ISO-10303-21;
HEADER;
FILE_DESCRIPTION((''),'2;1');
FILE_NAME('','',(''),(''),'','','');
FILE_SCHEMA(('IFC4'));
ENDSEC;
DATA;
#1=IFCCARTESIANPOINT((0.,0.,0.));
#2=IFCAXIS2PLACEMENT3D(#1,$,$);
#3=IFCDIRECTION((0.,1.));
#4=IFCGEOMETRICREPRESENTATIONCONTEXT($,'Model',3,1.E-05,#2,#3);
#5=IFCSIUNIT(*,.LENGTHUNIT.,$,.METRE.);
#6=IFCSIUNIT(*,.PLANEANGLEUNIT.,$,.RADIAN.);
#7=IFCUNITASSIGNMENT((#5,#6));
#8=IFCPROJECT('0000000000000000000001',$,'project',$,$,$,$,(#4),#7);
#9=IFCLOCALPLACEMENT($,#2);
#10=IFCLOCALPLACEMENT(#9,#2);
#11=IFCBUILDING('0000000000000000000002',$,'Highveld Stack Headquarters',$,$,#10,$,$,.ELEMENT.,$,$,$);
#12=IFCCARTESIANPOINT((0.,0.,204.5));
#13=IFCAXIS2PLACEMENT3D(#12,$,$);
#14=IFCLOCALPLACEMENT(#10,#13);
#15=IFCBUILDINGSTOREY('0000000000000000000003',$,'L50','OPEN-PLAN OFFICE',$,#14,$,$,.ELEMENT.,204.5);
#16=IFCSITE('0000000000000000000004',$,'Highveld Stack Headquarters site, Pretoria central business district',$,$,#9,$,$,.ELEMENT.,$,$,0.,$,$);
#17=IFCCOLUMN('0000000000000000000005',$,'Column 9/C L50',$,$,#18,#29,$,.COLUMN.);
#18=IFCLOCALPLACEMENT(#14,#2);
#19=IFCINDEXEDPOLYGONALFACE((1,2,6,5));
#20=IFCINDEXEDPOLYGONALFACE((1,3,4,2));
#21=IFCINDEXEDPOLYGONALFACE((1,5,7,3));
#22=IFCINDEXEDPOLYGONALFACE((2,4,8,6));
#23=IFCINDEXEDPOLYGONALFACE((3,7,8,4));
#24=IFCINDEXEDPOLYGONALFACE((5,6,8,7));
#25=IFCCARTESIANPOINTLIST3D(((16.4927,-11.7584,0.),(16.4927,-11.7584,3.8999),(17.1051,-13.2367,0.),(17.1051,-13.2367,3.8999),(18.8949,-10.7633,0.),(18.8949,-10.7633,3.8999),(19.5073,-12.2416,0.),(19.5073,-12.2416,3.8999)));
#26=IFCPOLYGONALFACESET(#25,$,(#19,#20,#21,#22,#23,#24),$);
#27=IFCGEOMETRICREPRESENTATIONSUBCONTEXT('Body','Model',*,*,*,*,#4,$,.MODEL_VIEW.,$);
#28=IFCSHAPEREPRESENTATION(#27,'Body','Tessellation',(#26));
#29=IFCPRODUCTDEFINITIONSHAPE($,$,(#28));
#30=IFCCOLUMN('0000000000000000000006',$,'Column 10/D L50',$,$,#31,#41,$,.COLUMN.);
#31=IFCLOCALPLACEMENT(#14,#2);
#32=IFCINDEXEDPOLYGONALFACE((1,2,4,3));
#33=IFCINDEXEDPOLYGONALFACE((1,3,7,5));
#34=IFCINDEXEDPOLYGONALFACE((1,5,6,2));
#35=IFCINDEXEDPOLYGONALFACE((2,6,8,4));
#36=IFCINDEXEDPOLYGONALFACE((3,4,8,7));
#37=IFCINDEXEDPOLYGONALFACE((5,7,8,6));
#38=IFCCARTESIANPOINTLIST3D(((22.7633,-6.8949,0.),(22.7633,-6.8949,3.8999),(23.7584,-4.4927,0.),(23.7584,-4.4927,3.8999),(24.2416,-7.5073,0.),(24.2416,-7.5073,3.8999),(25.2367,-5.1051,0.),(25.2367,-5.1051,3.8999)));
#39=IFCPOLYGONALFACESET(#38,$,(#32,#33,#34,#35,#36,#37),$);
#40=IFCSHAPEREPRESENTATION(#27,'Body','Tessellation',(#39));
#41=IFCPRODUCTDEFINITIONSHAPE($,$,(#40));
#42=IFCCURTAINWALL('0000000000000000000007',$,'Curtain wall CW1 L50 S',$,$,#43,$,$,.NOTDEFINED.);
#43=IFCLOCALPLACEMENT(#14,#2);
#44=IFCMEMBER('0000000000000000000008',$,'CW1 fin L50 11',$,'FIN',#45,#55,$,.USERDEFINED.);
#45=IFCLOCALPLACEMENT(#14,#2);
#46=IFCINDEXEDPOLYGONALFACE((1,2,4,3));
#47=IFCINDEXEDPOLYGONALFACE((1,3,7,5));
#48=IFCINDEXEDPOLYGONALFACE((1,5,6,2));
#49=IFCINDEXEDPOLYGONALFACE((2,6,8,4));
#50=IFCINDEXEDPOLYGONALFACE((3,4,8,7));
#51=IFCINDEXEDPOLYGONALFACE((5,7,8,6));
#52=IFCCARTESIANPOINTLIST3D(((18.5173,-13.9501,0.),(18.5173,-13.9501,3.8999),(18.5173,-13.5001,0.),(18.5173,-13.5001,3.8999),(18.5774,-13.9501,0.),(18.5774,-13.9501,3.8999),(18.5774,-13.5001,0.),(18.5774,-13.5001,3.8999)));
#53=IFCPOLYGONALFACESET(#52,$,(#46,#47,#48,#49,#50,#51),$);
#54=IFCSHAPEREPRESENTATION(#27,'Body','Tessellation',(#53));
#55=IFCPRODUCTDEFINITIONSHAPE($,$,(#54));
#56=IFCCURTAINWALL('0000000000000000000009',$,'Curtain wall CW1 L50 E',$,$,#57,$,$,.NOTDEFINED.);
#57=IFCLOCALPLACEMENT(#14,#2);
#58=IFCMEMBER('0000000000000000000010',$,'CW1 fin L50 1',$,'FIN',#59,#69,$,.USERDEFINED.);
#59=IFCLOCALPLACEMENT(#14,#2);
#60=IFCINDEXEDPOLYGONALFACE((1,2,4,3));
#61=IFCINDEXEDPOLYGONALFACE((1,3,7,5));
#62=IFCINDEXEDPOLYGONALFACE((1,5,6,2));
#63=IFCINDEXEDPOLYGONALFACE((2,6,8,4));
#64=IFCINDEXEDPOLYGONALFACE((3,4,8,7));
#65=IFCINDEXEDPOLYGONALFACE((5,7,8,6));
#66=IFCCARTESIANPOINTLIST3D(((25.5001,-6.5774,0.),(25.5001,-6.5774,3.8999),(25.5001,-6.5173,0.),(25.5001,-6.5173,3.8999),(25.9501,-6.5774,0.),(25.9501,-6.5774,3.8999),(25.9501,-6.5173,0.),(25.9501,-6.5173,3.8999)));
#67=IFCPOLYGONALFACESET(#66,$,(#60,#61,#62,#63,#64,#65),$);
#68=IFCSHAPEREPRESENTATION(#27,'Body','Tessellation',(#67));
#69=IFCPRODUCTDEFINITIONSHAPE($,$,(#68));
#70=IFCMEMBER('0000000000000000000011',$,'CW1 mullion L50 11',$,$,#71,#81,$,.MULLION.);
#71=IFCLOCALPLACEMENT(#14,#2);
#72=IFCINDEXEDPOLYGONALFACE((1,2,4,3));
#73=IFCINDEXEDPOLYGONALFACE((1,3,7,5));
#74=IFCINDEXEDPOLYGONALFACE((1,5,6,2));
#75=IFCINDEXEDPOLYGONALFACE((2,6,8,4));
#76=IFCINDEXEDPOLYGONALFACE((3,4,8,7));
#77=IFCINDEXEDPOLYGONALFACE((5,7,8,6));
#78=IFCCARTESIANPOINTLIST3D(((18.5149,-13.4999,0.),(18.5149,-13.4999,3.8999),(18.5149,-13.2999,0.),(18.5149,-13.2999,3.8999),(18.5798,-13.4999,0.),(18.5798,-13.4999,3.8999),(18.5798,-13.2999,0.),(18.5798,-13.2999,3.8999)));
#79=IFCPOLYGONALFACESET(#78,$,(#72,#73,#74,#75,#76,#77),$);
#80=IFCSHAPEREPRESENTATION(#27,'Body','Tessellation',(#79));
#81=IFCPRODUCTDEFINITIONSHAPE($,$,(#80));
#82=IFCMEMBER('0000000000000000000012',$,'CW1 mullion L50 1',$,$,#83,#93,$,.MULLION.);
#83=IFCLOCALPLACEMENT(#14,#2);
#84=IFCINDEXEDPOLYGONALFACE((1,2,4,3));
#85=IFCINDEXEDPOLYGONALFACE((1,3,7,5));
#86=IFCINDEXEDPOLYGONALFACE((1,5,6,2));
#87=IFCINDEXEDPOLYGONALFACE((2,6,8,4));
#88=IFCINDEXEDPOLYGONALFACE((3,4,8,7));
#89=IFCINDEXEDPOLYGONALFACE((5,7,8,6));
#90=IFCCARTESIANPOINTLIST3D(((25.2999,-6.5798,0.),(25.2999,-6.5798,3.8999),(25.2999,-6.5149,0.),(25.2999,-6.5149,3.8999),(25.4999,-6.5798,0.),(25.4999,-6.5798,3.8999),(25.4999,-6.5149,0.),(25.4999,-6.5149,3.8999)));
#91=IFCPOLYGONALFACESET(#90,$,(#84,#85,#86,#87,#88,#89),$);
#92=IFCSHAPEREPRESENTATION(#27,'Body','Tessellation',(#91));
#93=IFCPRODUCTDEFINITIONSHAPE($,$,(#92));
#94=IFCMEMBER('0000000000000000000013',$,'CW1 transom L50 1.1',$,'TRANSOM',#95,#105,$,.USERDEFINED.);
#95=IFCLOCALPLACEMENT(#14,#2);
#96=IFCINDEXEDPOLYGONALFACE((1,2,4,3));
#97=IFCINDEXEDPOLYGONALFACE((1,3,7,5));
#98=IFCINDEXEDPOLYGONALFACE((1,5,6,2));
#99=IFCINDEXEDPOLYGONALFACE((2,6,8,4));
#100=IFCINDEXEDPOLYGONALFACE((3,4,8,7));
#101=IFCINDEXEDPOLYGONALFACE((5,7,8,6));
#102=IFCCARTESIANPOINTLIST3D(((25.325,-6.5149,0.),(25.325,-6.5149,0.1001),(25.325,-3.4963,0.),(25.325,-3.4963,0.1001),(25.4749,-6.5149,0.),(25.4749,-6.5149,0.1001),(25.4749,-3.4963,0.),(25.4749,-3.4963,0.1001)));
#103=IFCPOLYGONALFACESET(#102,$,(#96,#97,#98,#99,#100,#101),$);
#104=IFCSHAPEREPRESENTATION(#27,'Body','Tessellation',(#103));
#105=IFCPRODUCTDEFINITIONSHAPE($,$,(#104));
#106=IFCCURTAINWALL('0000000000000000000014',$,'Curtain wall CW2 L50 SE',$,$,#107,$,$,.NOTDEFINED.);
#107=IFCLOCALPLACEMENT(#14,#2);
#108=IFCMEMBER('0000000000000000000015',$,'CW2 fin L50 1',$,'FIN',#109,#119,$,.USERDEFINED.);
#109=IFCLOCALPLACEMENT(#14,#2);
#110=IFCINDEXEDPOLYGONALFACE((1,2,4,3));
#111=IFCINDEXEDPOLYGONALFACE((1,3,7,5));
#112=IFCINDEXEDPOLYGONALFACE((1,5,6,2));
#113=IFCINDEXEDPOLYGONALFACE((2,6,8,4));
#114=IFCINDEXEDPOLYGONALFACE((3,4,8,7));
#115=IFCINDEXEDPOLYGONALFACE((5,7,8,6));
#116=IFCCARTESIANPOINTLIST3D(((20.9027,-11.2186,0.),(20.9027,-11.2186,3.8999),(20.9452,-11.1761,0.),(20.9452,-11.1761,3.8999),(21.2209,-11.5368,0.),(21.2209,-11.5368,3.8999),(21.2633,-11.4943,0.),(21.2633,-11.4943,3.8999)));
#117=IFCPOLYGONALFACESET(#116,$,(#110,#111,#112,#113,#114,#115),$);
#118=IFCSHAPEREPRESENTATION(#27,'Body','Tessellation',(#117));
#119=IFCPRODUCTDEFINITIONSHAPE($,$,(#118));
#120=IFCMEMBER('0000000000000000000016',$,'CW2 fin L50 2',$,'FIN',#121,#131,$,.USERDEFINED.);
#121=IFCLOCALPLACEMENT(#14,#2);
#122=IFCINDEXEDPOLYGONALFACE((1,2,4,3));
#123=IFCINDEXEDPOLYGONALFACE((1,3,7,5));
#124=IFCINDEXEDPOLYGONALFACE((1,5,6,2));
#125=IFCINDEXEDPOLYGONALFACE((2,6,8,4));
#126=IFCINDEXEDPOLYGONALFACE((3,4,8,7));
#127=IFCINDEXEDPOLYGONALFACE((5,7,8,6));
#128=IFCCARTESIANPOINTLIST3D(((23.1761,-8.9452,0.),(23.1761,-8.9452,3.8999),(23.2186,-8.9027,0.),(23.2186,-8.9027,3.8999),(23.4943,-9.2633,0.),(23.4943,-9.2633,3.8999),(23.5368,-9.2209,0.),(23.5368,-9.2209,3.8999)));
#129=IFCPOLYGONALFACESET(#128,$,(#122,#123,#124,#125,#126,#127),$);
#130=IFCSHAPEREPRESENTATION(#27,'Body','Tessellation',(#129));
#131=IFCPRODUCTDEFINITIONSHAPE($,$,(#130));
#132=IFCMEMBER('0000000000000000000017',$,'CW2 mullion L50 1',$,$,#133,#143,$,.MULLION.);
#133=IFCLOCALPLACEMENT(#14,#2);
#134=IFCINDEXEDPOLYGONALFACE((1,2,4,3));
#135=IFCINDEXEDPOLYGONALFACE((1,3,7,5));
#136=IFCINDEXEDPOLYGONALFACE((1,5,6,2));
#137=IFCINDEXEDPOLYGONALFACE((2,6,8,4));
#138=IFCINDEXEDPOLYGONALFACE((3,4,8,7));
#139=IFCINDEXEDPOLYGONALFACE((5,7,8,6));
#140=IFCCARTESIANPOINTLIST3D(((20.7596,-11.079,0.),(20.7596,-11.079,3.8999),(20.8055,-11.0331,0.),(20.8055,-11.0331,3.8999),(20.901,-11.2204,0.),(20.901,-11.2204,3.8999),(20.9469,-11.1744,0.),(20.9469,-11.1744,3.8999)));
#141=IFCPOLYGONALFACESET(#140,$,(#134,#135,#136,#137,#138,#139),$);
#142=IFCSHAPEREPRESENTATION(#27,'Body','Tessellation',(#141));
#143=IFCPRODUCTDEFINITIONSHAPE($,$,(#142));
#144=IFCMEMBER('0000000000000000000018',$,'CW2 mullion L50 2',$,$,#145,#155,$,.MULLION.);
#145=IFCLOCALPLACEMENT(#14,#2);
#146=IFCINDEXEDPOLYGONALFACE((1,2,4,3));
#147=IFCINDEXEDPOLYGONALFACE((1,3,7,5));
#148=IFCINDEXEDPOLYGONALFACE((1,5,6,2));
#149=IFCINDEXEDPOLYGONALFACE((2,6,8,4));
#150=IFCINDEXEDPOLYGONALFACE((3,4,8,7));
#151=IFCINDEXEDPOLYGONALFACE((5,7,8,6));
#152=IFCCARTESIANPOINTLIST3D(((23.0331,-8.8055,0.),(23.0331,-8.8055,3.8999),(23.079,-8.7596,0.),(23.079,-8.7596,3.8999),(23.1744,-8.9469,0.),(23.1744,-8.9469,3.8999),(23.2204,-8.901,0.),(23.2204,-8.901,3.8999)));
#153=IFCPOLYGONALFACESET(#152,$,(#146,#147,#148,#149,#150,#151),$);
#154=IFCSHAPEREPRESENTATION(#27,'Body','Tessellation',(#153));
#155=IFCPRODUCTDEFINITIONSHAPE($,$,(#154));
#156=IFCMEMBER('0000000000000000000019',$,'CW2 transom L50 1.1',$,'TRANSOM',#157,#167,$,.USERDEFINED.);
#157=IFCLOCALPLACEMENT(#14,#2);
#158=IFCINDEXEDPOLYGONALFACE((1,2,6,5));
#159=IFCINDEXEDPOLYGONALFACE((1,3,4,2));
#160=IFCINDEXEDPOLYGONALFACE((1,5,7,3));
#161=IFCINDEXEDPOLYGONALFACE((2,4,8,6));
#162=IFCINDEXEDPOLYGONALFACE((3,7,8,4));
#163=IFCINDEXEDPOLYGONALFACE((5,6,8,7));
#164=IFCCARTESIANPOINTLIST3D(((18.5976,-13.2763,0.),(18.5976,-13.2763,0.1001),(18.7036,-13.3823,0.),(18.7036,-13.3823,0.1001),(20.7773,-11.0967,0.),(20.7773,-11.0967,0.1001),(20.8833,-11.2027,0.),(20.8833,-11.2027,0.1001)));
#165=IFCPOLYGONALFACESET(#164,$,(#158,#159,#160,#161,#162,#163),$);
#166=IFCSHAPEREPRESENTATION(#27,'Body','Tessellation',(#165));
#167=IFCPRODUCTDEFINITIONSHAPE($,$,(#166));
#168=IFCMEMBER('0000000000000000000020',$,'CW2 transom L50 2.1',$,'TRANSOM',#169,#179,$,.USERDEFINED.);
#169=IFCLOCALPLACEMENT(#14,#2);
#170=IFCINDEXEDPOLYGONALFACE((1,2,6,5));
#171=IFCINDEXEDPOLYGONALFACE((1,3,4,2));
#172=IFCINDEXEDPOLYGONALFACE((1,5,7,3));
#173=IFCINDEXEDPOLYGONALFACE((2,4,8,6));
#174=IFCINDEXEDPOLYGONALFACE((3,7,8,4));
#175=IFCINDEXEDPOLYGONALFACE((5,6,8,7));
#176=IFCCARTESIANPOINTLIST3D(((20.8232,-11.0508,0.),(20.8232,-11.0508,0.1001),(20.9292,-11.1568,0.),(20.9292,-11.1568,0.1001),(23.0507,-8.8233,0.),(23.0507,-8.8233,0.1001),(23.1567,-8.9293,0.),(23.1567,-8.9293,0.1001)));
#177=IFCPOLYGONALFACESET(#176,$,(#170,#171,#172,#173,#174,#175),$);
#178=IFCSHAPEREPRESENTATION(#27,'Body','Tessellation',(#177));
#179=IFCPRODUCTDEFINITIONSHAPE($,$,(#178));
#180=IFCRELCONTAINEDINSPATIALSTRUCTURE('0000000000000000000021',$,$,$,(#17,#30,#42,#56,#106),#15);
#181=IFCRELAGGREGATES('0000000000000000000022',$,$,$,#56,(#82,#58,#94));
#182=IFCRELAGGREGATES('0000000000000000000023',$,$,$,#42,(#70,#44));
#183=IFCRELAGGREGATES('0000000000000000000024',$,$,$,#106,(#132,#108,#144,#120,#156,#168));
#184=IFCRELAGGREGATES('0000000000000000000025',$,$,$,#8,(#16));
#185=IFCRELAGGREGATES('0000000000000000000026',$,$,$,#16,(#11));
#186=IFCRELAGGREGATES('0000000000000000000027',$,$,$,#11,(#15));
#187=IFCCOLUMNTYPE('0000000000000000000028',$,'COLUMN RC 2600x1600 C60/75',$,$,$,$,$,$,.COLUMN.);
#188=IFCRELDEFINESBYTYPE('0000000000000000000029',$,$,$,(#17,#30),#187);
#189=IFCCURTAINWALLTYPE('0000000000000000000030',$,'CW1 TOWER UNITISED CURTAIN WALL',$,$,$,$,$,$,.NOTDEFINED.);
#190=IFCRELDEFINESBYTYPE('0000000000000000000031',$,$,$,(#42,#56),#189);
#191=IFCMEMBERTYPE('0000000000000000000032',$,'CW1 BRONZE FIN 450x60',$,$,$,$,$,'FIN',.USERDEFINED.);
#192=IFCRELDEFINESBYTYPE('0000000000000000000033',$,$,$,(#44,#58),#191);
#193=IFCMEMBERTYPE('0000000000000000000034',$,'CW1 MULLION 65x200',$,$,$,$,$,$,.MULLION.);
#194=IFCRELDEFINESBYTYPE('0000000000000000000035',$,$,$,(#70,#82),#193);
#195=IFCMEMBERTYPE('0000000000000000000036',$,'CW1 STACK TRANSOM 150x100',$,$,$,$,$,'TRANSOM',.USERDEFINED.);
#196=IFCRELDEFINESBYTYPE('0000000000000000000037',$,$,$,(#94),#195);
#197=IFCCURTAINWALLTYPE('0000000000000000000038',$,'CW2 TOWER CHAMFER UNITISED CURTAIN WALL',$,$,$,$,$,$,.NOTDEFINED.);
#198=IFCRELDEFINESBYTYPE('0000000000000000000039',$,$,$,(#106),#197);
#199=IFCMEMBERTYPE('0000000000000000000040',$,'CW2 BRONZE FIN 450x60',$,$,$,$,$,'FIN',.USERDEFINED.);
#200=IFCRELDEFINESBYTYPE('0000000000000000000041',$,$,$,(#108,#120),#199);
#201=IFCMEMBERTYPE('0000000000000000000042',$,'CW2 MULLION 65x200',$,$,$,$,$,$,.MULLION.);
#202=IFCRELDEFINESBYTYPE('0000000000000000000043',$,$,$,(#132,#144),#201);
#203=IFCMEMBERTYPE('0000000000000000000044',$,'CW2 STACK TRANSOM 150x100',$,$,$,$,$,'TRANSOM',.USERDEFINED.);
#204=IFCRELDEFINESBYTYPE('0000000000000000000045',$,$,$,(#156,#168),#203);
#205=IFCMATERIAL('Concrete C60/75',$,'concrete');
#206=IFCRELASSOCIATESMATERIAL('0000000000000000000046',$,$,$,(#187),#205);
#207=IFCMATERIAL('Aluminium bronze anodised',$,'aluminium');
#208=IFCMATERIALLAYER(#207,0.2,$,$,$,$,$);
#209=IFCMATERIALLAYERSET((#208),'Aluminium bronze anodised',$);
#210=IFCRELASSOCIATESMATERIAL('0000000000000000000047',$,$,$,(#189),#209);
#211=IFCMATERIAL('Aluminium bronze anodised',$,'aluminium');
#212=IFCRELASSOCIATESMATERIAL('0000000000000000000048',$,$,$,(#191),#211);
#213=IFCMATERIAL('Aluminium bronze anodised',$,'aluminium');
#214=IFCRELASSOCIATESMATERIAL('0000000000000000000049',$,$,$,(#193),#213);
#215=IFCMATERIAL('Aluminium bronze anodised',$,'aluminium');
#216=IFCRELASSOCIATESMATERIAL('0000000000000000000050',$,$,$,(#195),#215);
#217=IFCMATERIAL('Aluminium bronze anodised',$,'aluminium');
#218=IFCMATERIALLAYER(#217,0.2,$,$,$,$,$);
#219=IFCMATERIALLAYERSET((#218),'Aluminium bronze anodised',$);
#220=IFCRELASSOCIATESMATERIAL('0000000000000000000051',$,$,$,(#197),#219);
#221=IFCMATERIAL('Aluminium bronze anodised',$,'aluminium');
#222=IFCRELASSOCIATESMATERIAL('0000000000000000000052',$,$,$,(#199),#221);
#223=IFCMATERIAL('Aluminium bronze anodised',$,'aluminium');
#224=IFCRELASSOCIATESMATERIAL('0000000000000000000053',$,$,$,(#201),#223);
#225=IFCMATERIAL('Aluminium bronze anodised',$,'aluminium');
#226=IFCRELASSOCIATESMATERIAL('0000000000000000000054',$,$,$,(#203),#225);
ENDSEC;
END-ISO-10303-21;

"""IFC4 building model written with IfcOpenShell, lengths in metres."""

from ifc_helpers import new_model, si_unit, direction, frame, origin, origin_2d, place, context, subcontext, project, spatial, rectangle, extrude, material, layer, layer_set, material_profile, profile_set, type_object, element, aggregate, save


model = new_model("IFC4")

# Units and contexts
model_context = context("Model", 3, precision=1e-05, world=origin(), true_north=direction((0.0, 1.0)))
body_context = subcontext(model_context, "Body", "Model", "MODEL_VIEW")
ifc_project = project(units=[si_unit("LENGTHUNIT", "METRE"), si_unit("PLANEANGLEUNIT", "RADIAN")], contexts=[model_context])

# Site, building, storey
site_placement = place(None, origin())
site = spatial("IfcSite", under=ifc_project, at=site_placement, Name="Highveld Stack Headquarters site, Pretoria central business district", CompositionType="ELEMENT", RefElevation=0.0)
building_placement = place(site_placement, origin())
building = spatial("IfcBuilding", under=site, at=building_placement, Name="Highveld Stack Headquarters", CompositionType="ELEMENT")
storey_placement = place(building_placement, frame((0.0, 0.0, 204.5)))
storey = spatial("IfcBuildingStorey", under=building, at=storey_placement, Name="L50", Description="OPEN-PLAN OFFICE", CompositionType="ELEMENT", Elevation=204.5)

# Columns
ifc_material_1 = material(Name="Concrete C60/75", Category="concrete")
ifc_material_profile_1 = material_profile(ifc_material_1, rectangle(XDim=2.6001, YDim=1.6001, at=origin_2d()), Name="RC 2600x1600")
ifc_profile_set_1 = profile_set([ifc_material_profile_1], Name="Concrete C60/75")
column_type = type_object("IfcColumnType", Name="COLUMN RC 2600x1600 C60/75", PredefinedType="COLUMN", material=ifc_profile_set_1)
for number, where, z_axis, x_axis, name in (
    (1, (18.0, -12.0, 0.0), (0.0, 0.0, 1.0), (-0.92388, -0.382683, 0.0), "Column 9/C L50"),
    (2, (24.0, -6.0, 0.0), (0.0, 0.0, 1.0), (-0.382683, -0.92388, 0.0), "Column 10/D L50"),
):
    element("IfcColumn", number, at=place(storey_placement, frame(where, z_axis=z_axis, x_axis=x_axis)), inside=storey, type_object=column_type, Name=name, PredefinedType="COLUMN", context=body_context, shape_type="SweptSolid", body=[
        extrude(rectangle(XDim=2.6001, YDim=1.6001, at=origin_2d()), origin(), (0.0, 0.0, 1.0), 3.8999),
    ])

# Curtain walls, members
ifc_material_2 = material(Name="Aluminium bronze anodised", Category="aluminium")
ifc_layer_1 = layer(ifc_material_2, 0.2)
ifc_layer_set_1 = layer_set([ifc_layer_1], Name="Aluminium bronze anodised")
curtain_wall_type_1 = type_object("IfcCurtainWallType", Name="CW1 TOWER UNITISED CURTAIN WALL", PredefinedType="NOTDEFINED", material=ifc_layer_set_1)
curtain_wall_1_placement = place(storey_placement, origin())
curtain_wall_1 = element("IfcCurtainWall", 3, at=curtain_wall_1_placement, inside=storey, type_object=curtain_wall_type_1, Name="Curtain wall CW1 L50 S", PredefinedType="NOTDEFINED")
ifc_material_3 = material(Name="Aluminium bronze anodised", Category="aluminium")
ifc_material_profile_2 = material_profile(ifc_material_3, rectangle(XDim=0.45, YDim=0.0601, at=origin_2d()), Name="FIN 450x60")
ifc_profile_set_2 = profile_set([ifc_material_profile_2], Name="Aluminium bronze anodised")
member_type_1 = type_object("IfcMemberType", Name="CW1 BRONZE FIN 450x60", ElementType="FIN", PredefinedType="USERDEFINED", material=ifc_profile_set_2)
member_1_placement = place(storey_placement, frame((18.5474, -13.7251, 0.0), z_axis=(0.0, 0.0, 1.0), x_axis=(0.0, 1.0, 0.0)))
member_1 = element("IfcMember", 4, at=member_1_placement, type_object=member_type_1, Name="CW1 fin L50 11", ObjectType="FIN", PredefinedType="USERDEFINED", context=body_context, shape_type="SweptSolid", body=[
    extrude(rectangle(XDim=0.45, YDim=0.0601, at=origin_2d()), origin(), (0.0, 0.0, 1.0), 3.8999),
])
curtain_wall_2_placement = place(storey_placement, origin())
curtain_wall_2 = element("IfcCurtainWall", 5, at=curtain_wall_2_placement, inside=storey, type_object=curtain_wall_type_1, Name="Curtain wall CW1 L50 E", PredefinedType="NOTDEFINED")
member_2_placement = place(storey_placement, frame((25.7251, -6.5474, 0.0), z_axis=(0.0, 0.0, 1.0), x_axis=(-1.0, 0.0, 0.0)))
member_2 = element("IfcMember", 6, at=member_2_placement, type_object=member_type_1, Name="CW1 fin L50 1", ObjectType="FIN", PredefinedType="USERDEFINED", context=body_context, shape_type="SweptSolid", body=[
    extrude(rectangle(XDim=0.45, YDim=0.0601, at=origin_2d()), origin(), (0.0, 0.0, 1.0), 3.8999),
])

# Members
ifc_material_4 = material(Name="Aluminium bronze anodised", Category="aluminium")
ifc_material_profile_3 = material_profile(ifc_material_4, rectangle(XDim=0.2, YDim=0.0649, at=origin_2d()), Name="CW1 MULLION 65x200")
ifc_profile_set_3 = profile_set([ifc_material_profile_3], Name="Aluminium bronze anodised")
member_type_2 = type_object("IfcMemberType", Name="CW1 MULLION 65x200", PredefinedType="MULLION", material=ifc_profile_set_3)
member_3_placement = place(storey_placement, frame((18.5474, -13.3999, 0.0), z_axis=(0.0, 0.0, 1.0), x_axis=(0.0, 1.0, 0.0)))
member_3 = element("IfcMember", 7, at=member_3_placement, type_object=member_type_2, Name="CW1 mullion L50 11", PredefinedType="MULLION", context=body_context, shape_type="SweptSolid", body=[
    extrude(rectangle(XDim=0.2, YDim=0.0649, at=origin_2d()), origin(), (0.0, 0.0, 1.0), 3.8999),
])
member_4_placement = place(storey_placement, frame((25.3999, -6.5474, 0.0), z_axis=(0.0, 0.0, 1.0), x_axis=(-1.0, 0.0, 0.0)))
member_4 = element("IfcMember", 8, at=member_4_placement, type_object=member_type_2, Name="CW1 mullion L50 1", PredefinedType="MULLION", context=body_context, shape_type="SweptSolid", body=[
    extrude(rectangle(XDim=0.2, YDim=0.0649, at=origin_2d()), origin(), (0.0, 0.0, 1.0), 3.8999),
])
ifc_material_5 = material(Name="Aluminium bronze anodised", Category="aluminium")
ifc_material_profile_4 = material_profile(ifc_material_5, rectangle(XDim=0.1499, YDim=0.1001, at=origin_2d()), Name="CW1 TRANSOM 150x100")
ifc_profile_set_4 = profile_set([ifc_material_profile_4], Name="Aluminium bronze anodised")
member_type_3 = type_object("IfcMemberType", Name="CW1 STACK TRANSOM 150x100", ElementType="TRANSOM", PredefinedType="USERDEFINED", material=ifc_profile_set_4)
member_5_placement = place(storey_placement, frame((25.3999, -6.5149, 0.05), z_axis=(0.0, 1.0, 0.0), x_axis=(-1.0, 0.0, 0.0)))
member_5 = element("IfcMember", 9, at=member_5_placement, type_object=member_type_3, Name="CW1 transom L50 1.1", ObjectType="TRANSOM", PredefinedType="USERDEFINED", context=body_context, shape_type="SweptSolid", body=[
    extrude(rectangle(XDim=0.1499, YDim=0.1001, at=origin_2d()), origin(), (0.0, 0.0, 1.0), 3.0186),
])
aggregate(curtain_wall_2, [member_4, member_2, member_5])

# Curtain wall, members
ifc_material_6 = material(Name="Aluminium bronze anodised", Category="aluminium")
ifc_layer_2 = layer(ifc_material_6, 0.2)
ifc_layer_set_2 = layer_set([ifc_layer_2], Name="Aluminium bronze anodised")
curtain_wall_type_2 = type_object("IfcCurtainWallType", Name="CW2 TOWER CHAMFER UNITISED CURTAIN WALL", PredefinedType="NOTDEFINED", material=ifc_layer_set_2)
curtain_wall_3_placement = place(storey_placement, origin())
curtain_wall_3 = element("IfcCurtainWall", 10, at=curtain_wall_3_placement, inside=storey, type_object=curtain_wall_type_2, Name="Curtain wall CW2 L50 SE", PredefinedType="NOTDEFINED")
ifc_material_7 = material(Name="Aluminium bronze anodised", Category="aluminium")
ifc_material_profile_5 = material_profile(ifc_material_7, rectangle(XDim=0.45, YDim=0.0601, at=origin_2d()), Name="FIN 450x60")
ifc_profile_set_5 = profile_set([ifc_material_profile_5], Name="Aluminium bronze anodised")
member_type_4 = type_object("IfcMemberType", Name="CW2 BRONZE FIN 450x60", ElementType="FIN", PredefinedType="USERDEFINED", material=ifc_profile_set_5)
member_6_placement = place(storey_placement, frame((21.083, -11.3564, 0.0), z_axis=(0.0, 0.0, 1.0), x_axis=(-0.707107, 0.707107, 0.0)))
member_6 = element("IfcMember", 11, at=member_6_placement, type_object=member_type_4, Name="CW2 fin L50 1", ObjectType="FIN", PredefinedType="USERDEFINED", context=body_context, shape_type="SweptSolid", body=[
    extrude(rectangle(XDim=0.45, YDim=0.0601, at=origin_2d()), origin(), (0.0, 0.0, 1.0), 3.8999),
])
member_7_placement = place(storey_placement, frame((23.3564, -9.083, 0.0), z_axis=(0.0, 0.0, 1.0), x_axis=(-0.707107, 0.707107, 0.0)))
member_7 = element("IfcMember", 12, at=member_7_placement, type_object=member_type_4, Name="CW2 fin L50 2", ObjectType="FIN", PredefinedType="USERDEFINED", context=body_context, shape_type="SweptSolid", body=[
    extrude(rectangle(XDim=0.45, YDim=0.0601, at=origin_2d()), origin(), (0.0, 0.0, 1.0), 3.8999),
])
ifc_material_8 = material(Name="Aluminium bronze anodised", Category="aluminium")
ifc_material_profile_6 = material_profile(ifc_material_8, rectangle(XDim=0.2, YDim=0.0649, at=origin_2d()), Name="CW2 MULLION 65x200")
ifc_profile_set_6 = profile_set([ifc_material_profile_6], Name="Aluminium bronze anodised")
member_type_5 = type_object("IfcMemberType", Name="CW2 MULLION 65x200", PredefinedType="MULLION", material=ifc_profile_set_6)
member_8_placement = place(storey_placement, frame((20.8533, -11.1267, 0.0), z_axis=(0.0, 0.0, 1.0), x_axis=(-0.707107, 0.707107, 0.0)))
member_8 = element("IfcMember", 13, at=member_8_placement, type_object=member_type_5, Name="CW2 mullion L50 1", PredefinedType="MULLION", context=body_context, shape_type="SweptSolid", body=[
    extrude(rectangle(XDim=0.2, YDim=0.0649, at=origin_2d()), origin(), (0.0, 0.0, 1.0), 3.8999),
])
member_9_placement = place(storey_placement, frame((23.1267, -8.8533, 0.0), z_axis=(0.0, 0.0, 1.0), x_axis=(-0.707107, 0.707107, 0.0)))
member_9 = element("IfcMember", 14, at=member_9_placement, type_object=member_type_5, Name="CW2 mullion L50 2", PredefinedType="MULLION", context=body_context, shape_type="SweptSolid", body=[
    extrude(rectangle(XDim=0.2, YDim=0.0649, at=origin_2d()), origin(), (0.0, 0.0, 1.0), 3.8999),
])
ifc_material_9 = material(Name="Aluminium bronze anodised", Category="aluminium")
ifc_material_profile_7 = material_profile(ifc_material_9, rectangle(XDim=0.1499, YDim=0.1001, at=origin_2d()), Name="CW2 TRANSOM 150x100")
ifc_profile_set_7 = profile_set([ifc_material_profile_7], Name="Aluminium bronze anodised")
member_type_6 = type_object("IfcMemberType", Name="CW2 STACK TRANSOM 150x100", ElementType="TRANSOM", PredefinedType="USERDEFINED", material=ifc_profile_set_7)
member_10_placement = place(storey_placement, frame((18.6506, -13.3293, 0.05), z_axis=(0.707107, 0.707107, 0.0), x_axis=(-0.707107, 0.707107, 0.0)))
member_10 = element("IfcMember", 15, at=member_10_placement, type_object=member_type_6, Name="CW2 transom L50 1.1", ObjectType="TRANSOM", PredefinedType="USERDEFINED", context=body_context, shape_type="SweptSolid", body=[
    extrude(rectangle(XDim=0.1499, YDim=0.1001, at=origin_2d()), origin(), (0.0, 0.0, 1.0), 3.0825),
])
member_11_placement = place(storey_placement, frame((20.8762, -11.1038, 0.05), z_axis=(0.707107, 0.707107, 0.0), x_axis=(-0.707107, 0.707107, 0.0)))
member_11 = element("IfcMember", 16, at=member_11_placement, type_object=member_type_6, Name="CW2 transom L50 2.1", ObjectType="TRANSOM", PredefinedType="USERDEFINED", context=body_context, shape_type="SweptSolid", body=[
    extrude(rectangle(XDim=0.1499, YDim=0.1001, at=origin_2d()), origin(), (0.0, 0.0, 1.0), 3.1501),
])

aggregate(curtain_wall_1, [member_3, member_1])
aggregate(curtain_wall_3, [member_8, member_6, member_9, member_7, member_10, member_11])

save(model, "model.ifc")
